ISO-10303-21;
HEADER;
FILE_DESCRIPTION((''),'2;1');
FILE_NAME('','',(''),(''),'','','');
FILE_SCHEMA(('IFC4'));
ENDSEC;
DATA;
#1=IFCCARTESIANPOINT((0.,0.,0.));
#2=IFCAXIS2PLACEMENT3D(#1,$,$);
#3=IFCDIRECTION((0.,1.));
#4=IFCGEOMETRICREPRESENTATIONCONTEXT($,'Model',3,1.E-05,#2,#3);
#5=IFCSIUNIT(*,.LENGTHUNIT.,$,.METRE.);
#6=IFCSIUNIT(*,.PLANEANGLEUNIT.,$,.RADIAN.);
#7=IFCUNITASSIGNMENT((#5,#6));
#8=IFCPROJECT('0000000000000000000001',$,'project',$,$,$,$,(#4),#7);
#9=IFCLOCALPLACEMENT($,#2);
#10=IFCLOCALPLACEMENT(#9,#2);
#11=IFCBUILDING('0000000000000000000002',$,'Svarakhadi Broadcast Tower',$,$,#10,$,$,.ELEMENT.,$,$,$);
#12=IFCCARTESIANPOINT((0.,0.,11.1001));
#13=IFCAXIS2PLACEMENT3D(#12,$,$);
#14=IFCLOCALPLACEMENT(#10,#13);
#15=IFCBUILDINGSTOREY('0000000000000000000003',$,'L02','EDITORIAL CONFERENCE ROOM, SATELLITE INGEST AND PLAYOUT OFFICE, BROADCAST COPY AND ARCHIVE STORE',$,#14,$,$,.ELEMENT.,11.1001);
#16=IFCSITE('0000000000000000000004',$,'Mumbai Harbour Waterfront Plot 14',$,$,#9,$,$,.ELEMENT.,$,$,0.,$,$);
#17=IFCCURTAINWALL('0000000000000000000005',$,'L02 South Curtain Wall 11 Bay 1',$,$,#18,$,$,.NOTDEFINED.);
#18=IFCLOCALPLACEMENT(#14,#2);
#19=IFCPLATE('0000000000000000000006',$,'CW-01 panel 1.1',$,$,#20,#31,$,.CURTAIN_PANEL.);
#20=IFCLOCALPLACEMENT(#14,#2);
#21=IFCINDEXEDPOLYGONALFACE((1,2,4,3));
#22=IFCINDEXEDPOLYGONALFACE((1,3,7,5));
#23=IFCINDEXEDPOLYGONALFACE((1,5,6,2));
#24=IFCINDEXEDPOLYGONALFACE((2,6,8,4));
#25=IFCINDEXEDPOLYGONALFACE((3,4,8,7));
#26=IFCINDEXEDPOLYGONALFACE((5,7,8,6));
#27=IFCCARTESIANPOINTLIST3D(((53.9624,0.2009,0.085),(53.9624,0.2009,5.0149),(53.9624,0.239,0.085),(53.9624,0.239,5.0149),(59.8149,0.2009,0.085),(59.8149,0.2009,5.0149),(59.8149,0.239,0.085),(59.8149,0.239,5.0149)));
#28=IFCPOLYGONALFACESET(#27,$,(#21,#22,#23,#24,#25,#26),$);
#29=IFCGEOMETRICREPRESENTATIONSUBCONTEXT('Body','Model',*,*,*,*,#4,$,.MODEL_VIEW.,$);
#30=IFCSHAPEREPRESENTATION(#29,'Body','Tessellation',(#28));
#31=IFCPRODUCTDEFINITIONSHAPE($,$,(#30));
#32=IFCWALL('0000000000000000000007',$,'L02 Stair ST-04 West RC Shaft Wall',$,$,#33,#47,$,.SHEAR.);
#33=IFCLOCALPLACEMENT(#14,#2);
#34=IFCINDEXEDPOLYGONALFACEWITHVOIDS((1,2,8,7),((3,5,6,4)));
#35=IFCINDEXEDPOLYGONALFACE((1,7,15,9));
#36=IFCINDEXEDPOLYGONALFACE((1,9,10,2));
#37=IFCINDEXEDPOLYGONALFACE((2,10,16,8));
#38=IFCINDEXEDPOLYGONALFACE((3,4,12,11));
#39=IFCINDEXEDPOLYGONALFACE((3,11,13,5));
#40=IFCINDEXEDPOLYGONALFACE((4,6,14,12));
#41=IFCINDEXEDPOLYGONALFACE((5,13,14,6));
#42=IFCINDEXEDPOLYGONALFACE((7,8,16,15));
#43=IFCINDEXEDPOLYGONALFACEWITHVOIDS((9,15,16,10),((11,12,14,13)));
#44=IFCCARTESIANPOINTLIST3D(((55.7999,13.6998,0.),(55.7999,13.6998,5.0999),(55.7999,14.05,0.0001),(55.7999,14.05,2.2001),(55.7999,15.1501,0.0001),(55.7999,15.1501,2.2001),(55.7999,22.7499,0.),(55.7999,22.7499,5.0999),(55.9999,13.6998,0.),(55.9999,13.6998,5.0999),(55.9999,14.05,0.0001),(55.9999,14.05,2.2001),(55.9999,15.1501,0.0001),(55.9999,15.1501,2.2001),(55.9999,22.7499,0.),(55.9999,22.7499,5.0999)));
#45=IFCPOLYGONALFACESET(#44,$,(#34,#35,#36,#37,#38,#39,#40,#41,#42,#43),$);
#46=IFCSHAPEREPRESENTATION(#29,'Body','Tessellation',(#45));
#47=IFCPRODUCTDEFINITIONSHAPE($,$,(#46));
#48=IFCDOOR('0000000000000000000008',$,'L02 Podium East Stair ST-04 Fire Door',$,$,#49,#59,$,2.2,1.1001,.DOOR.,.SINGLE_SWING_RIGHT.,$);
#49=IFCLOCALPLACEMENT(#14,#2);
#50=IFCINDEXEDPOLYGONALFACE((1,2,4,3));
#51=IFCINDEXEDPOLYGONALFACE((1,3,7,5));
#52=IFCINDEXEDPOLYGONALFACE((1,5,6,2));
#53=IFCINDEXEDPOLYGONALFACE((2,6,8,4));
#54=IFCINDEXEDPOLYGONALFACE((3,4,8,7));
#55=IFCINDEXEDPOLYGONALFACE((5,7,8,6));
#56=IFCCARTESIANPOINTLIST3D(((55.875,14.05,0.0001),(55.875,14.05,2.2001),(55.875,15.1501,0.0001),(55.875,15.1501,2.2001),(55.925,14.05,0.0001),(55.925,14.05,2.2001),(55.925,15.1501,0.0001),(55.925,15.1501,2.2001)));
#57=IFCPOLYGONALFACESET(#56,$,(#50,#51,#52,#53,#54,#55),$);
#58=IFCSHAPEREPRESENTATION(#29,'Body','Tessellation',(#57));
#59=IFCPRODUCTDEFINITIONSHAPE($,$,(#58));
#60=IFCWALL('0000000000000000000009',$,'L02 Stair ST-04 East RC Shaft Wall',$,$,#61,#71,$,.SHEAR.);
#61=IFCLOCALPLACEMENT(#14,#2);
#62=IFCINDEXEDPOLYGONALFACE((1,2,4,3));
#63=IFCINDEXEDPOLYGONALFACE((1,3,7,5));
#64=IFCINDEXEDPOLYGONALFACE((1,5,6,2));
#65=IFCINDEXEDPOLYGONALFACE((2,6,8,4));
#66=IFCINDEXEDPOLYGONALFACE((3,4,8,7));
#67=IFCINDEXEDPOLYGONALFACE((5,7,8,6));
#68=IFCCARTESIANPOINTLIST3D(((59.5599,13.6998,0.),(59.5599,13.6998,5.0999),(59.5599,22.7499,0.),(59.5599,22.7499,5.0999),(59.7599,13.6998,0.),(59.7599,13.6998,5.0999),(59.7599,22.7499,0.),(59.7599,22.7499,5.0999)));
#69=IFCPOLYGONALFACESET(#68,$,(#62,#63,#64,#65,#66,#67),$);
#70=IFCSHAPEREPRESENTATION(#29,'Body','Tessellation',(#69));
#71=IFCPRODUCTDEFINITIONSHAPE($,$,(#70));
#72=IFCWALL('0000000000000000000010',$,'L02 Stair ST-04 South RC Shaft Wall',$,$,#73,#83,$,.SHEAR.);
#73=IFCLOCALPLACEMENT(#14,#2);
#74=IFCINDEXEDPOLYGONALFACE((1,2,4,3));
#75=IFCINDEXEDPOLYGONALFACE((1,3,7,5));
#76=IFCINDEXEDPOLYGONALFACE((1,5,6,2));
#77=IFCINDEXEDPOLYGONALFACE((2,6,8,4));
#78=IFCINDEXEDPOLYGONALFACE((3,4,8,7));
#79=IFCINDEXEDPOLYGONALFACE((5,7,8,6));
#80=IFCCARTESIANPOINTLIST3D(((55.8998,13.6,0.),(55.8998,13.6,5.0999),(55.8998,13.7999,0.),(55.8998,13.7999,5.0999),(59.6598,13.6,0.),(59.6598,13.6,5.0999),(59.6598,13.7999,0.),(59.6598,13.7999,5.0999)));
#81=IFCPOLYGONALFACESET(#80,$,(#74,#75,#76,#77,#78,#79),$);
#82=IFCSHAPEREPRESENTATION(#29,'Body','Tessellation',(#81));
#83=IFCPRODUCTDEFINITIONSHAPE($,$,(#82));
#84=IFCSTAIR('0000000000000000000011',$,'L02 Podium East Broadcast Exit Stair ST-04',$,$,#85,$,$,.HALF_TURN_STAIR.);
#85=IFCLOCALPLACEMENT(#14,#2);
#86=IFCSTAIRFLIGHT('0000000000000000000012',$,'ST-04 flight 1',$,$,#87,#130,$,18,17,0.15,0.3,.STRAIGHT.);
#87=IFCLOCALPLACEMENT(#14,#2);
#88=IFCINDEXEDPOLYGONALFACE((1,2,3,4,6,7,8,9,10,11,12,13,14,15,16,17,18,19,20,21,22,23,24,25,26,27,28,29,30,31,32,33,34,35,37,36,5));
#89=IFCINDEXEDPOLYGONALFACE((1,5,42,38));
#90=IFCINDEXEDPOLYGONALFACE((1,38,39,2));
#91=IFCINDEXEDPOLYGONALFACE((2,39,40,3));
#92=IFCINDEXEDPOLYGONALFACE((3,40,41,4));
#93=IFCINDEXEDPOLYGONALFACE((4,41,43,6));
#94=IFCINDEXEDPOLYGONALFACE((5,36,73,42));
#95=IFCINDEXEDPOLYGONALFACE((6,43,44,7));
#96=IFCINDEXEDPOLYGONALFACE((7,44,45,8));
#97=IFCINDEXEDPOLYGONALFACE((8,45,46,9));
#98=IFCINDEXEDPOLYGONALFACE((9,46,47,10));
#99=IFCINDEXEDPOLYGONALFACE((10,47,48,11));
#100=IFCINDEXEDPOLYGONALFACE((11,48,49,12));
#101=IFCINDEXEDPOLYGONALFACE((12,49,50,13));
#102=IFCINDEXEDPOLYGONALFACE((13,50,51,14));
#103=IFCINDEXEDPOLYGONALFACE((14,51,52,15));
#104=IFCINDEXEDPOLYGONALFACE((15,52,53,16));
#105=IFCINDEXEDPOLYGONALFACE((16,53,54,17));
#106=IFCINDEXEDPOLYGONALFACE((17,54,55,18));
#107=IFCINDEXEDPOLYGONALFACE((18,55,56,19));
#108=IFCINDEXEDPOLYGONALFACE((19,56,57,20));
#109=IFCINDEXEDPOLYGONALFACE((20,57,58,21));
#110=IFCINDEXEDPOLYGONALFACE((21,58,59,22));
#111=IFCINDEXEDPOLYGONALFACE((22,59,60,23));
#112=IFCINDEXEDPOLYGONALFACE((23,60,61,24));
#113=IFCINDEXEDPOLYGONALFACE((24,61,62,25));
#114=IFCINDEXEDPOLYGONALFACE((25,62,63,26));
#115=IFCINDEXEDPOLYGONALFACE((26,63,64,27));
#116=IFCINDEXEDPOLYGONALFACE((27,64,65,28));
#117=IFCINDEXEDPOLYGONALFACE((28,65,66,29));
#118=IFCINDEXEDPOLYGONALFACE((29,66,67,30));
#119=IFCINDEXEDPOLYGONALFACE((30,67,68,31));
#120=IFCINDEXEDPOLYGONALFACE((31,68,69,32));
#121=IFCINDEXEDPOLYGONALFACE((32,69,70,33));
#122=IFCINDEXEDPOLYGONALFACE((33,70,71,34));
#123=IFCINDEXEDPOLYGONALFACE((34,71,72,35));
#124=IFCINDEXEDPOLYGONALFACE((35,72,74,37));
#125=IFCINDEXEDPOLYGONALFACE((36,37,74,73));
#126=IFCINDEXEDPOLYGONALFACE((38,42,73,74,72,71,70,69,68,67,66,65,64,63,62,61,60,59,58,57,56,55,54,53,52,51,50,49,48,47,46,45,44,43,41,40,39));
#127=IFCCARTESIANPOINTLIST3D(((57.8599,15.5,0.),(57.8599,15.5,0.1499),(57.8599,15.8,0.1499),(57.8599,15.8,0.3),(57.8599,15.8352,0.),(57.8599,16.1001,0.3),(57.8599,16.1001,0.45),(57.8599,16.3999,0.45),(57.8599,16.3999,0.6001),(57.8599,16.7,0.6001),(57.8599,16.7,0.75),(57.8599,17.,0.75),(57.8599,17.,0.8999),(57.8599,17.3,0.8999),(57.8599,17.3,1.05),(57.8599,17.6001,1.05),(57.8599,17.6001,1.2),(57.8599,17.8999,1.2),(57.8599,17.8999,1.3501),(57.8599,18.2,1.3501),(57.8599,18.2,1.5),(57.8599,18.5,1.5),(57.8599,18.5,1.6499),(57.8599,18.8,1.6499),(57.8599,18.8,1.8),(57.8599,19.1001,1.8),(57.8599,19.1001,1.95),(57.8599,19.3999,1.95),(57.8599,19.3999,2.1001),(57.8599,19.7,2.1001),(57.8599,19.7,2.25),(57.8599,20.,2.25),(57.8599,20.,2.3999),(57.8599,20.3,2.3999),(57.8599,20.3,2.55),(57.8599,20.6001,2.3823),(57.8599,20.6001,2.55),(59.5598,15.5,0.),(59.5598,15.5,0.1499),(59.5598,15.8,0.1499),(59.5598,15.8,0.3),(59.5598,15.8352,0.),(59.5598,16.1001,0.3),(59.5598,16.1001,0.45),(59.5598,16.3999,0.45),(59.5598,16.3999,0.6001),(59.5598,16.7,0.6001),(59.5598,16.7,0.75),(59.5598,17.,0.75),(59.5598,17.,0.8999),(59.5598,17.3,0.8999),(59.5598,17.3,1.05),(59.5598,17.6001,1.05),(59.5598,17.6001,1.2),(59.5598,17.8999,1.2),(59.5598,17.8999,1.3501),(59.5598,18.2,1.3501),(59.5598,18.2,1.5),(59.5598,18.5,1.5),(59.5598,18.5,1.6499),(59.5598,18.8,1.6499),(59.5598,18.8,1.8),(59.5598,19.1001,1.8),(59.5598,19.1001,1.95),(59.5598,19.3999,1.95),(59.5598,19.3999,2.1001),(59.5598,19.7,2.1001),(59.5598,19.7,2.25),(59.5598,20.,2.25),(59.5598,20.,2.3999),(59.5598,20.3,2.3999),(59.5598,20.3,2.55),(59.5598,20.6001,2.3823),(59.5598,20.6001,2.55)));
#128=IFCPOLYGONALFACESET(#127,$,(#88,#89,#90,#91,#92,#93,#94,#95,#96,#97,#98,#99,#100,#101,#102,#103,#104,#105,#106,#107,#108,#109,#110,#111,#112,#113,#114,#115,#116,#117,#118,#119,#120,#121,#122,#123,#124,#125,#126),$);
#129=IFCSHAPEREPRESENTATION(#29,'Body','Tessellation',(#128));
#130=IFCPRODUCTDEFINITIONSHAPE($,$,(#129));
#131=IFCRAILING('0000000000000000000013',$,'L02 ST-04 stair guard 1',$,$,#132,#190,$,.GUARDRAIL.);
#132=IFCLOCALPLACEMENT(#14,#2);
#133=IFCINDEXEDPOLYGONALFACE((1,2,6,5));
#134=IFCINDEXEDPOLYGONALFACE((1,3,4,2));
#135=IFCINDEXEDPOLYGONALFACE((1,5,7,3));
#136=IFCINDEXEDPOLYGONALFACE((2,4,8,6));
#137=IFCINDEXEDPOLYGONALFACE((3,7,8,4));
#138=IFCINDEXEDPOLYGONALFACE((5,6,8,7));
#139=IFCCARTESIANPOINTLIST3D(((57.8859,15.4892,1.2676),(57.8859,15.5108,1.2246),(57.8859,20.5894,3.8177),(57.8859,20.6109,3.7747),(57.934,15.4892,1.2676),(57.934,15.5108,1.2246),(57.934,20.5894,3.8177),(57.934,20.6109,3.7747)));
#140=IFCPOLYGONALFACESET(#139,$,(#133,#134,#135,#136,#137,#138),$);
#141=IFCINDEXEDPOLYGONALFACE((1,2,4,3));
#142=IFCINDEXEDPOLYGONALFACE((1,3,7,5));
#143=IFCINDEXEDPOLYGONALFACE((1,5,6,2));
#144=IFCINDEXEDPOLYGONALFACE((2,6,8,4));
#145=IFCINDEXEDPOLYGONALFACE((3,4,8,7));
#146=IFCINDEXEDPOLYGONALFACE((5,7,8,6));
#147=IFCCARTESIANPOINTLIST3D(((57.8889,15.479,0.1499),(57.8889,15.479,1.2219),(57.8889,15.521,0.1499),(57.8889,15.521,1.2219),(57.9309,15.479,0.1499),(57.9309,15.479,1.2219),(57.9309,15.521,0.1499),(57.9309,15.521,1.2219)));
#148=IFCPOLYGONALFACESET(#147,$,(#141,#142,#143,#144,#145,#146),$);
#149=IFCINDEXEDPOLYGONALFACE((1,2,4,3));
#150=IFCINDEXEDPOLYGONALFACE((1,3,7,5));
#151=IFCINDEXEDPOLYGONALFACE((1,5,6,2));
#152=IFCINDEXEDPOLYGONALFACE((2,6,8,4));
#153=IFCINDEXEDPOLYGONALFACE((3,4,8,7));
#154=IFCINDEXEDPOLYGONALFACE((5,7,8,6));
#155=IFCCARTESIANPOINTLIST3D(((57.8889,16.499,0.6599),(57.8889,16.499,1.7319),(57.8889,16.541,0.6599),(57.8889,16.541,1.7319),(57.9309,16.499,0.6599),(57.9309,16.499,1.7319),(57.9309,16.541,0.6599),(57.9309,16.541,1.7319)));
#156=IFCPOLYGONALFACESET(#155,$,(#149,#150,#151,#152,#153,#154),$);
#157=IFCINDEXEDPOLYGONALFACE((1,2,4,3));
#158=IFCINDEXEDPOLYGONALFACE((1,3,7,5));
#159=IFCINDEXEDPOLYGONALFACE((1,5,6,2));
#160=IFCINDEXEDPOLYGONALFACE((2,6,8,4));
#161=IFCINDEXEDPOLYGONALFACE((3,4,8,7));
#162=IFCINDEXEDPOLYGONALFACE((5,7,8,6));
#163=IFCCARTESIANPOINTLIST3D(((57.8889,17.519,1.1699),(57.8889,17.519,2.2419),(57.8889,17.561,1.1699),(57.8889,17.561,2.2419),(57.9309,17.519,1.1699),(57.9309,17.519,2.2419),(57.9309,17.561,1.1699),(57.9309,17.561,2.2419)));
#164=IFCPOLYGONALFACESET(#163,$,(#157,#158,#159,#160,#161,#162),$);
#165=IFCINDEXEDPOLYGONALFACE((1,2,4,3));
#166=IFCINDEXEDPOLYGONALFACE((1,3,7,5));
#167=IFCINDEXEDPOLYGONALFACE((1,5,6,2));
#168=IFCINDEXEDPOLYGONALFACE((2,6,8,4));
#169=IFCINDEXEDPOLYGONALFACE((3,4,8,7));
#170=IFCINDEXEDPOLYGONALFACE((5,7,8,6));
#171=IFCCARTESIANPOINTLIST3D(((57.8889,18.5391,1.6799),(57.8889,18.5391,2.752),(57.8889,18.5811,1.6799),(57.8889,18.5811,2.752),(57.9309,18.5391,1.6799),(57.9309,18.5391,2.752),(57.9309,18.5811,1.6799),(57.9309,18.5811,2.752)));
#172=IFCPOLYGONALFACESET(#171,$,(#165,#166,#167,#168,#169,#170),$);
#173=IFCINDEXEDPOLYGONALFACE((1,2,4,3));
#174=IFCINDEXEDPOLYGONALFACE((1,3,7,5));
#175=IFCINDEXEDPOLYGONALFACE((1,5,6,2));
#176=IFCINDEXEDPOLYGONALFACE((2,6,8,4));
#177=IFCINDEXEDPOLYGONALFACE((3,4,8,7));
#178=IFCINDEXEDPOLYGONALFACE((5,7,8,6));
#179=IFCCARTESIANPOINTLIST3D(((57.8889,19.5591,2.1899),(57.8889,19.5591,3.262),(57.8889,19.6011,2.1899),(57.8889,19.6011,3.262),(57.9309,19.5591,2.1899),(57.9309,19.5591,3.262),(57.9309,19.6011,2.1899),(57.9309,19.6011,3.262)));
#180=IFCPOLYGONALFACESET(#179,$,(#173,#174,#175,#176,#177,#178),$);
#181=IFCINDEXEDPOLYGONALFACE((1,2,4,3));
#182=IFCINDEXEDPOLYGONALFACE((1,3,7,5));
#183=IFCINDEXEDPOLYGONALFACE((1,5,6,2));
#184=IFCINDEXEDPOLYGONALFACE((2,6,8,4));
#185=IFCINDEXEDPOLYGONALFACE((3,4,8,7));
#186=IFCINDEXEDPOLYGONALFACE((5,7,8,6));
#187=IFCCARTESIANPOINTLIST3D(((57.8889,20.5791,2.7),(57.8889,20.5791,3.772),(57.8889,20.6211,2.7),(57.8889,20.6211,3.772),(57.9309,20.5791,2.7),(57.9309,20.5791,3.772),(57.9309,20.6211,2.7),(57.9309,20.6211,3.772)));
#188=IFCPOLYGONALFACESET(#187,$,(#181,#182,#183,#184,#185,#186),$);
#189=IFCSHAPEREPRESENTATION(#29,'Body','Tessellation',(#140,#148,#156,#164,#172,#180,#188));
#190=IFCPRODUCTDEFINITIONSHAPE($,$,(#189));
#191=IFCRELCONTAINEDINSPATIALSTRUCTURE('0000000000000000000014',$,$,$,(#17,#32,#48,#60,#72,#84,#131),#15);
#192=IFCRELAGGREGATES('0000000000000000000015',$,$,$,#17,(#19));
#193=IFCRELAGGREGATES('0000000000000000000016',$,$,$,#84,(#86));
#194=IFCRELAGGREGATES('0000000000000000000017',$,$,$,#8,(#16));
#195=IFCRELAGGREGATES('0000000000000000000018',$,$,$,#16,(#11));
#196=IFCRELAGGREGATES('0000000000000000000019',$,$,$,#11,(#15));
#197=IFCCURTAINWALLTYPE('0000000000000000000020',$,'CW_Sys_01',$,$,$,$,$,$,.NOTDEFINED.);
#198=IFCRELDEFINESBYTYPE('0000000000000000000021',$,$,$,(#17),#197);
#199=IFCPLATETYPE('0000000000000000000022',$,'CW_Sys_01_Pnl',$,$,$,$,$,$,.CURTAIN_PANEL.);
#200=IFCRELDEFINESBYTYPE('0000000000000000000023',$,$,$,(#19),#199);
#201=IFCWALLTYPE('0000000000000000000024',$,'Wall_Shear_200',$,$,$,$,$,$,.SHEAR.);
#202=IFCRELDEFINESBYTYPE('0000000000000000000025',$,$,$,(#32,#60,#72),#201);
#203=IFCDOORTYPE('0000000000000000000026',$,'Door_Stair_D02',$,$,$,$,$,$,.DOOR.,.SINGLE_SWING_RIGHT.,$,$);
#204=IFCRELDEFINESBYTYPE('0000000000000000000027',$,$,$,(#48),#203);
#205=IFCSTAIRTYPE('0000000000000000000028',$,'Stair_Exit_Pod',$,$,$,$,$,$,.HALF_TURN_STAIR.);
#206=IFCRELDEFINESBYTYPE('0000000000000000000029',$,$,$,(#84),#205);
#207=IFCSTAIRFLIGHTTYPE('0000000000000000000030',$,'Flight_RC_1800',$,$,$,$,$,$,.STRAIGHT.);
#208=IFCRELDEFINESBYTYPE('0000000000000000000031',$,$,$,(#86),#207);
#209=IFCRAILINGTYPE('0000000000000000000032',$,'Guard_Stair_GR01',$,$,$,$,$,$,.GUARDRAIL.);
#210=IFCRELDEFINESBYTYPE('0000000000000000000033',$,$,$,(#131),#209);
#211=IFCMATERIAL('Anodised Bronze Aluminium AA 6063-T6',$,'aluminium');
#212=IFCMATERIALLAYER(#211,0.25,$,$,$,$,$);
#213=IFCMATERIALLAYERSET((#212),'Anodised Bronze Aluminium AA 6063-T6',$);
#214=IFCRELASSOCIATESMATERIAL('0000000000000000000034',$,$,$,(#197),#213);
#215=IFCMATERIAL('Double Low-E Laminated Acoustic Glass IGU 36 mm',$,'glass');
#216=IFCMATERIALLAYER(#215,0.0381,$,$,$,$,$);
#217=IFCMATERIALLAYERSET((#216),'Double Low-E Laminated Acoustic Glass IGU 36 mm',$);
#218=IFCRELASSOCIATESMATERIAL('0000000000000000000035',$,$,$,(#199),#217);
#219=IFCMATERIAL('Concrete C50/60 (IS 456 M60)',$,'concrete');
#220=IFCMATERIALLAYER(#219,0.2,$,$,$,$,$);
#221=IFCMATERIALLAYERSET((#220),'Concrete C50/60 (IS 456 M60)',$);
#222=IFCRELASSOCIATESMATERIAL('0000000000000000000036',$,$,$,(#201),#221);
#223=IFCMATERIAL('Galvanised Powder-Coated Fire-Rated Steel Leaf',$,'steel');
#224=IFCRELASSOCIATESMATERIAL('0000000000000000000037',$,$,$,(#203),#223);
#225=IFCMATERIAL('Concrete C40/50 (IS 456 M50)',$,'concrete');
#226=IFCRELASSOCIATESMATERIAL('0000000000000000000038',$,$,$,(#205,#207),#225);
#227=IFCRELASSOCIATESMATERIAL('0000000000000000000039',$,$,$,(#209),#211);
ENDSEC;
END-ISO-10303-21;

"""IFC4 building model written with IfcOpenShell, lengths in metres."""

from ifc_helpers import new_model, si_unit, direction, frame, frame_2d, origin, origin_2d, place, context, subcontext, project, spatial, polyline, rectangle, outline, extrude, material, layer, layer_set, type_object, element, fill, aggregate, save


model = new_model("IFC4")

# Units and contexts
model_context = context("Model", 3, precision=1e-05, world=origin(), true_north=direction((0.0, 1.0)))
body_context = subcontext(model_context, "Body", "Model", "MODEL_VIEW")
ifc_project = project(units=[si_unit("LENGTHUNIT", "METRE"), si_unit("PLANEANGLEUNIT", "RADIAN")], contexts=[model_context])

# Site, building, storey
site_placement = place(None, origin())
site = spatial("IfcSite", under=ifc_project, at=site_placement, Name="Mumbai Harbour Waterfront Plot 14", CompositionType="ELEMENT", RefElevation=0.0)
building_placement = place(site_placement, origin())
building = spatial("IfcBuilding", under=site, at=building_placement, Name="Svarakhadi Broadcast Tower", CompositionType="ELEMENT")
storey_placement = place(building_placement, frame((0.0, 0.0, 11.1001)))
storey = spatial("IfcBuildingStorey", under=building, at=storey_placement, Name="L02", Description="EDITORIAL CONFERENCE ROOM, SATELLITE INGEST AND PLAYOUT OFFICE, BROADCAST COPY AND ARCHIVE STORE", CompositionType="ELEMENT", Elevation=11.1001)

# Shared definitions
ifc_material_1 = material(Name="Anodised Bronze Aluminium AA 6063-T6", Category="aluminium")
ifc_layer_1 = layer(ifc_material_1, 0.25)
ifc_layer_set_1 = layer_set([ifc_layer_1], Name="Anodised Bronze Aluminium AA 6063-T6")
curtain_wall_type = type_object("IfcCurtainWallType", Name="CW_Sys_01", PredefinedType="NOTDEFINED", material=ifc_layer_set_1)

# Curtain wall
curtain_wall_1_placement = place(storey_placement, origin())
curtain_wall_1 = element("IfcCurtainWall", 1, at=curtain_wall_1_placement, inside=storey, type_object=curtain_wall_type, Name="L02 South Curtain Wall 11 Bay 1", PredefinedType="NOTDEFINED")

# Shared definitions
ifc_material_2 = material(Name="Concrete C50/60 (IS 456 M60)", Category="concrete")

# Plate
ifc_material_3 = material(Name="Double Low-E Laminated Acoustic Glass IGU 36 mm", Category="glass")
ifc_layer_2 = layer(ifc_material_3, 0.0381)
ifc_layer_set_2 = layer_set([ifc_layer_2], Name="Double Low-E Laminated Acoustic Glass IGU 36 mm")
plate_type = type_object("IfcPlateType", Name="CW_Sys_01_Pnl", PredefinedType="CURTAIN_PANEL", material=ifc_layer_set_2)
plate_1_placement = place(storey_placement, frame((56.8887, 0.22, 0.085), z_axis=(0.0, 0.0, 1.0), x_axis=(-1.0, 0.0, 0.0)))
plate_1 = element("IfcPlate", 2, at=plate_1_placement, type_object=plate_type, Name="CW-01 panel 1.1", PredefinedType="CURTAIN_PANEL", context=body_context, shape_type="SweptSolid", body=[
    extrude(rectangle(XDim=5.8525, YDim=0.0381, at=origin_2d()), origin(), (0.0, 0.0, 1.0), 4.9299),
])
aggregate(curtain_wall_1, [plate_1])

# Wall, opening, door
ifc_layer_3 = layer(ifc_material_2, 0.2)
ifc_layer_set_3 = layer_set([ifc_layer_3], Name="Concrete C50/60 (IS 456 M60)")
wall_type = type_object("IfcWallType", Name="Wall_Shear_200", PredefinedType="SHEAR", material=ifc_layer_set_3)
wall_1_placement = place(storey_placement, frame((55.8999, 13.7, 0.0), z_axis=(0.0, 0.0, 1.0), x_axis=(0.0, 1.0, 0.0)))
wall_1 = element("IfcWall", 3, at=wall_1_placement, inside=storey, type_object=wall_type, Name="L02 Stair ST-04 West RC Shaft Wall", PredefinedType="SHEAR", context=body_context, shape_type="SweptSolid", body=[
    extrude(rectangle(XDim=9.05, YDim=0.2, at=frame_2d((4.5249, 0.0))), origin(), (0.0, 0.0, 1.0), 5.0999),
])
opening_placement = place(wall_1_placement, frame((0.3501, 0.0, 0.0)))
opening = element("IfcOpeningElement", 4, at=opening_placement, cuts=wall_1, PredefinedType="OPENING", context=body_context, shape_type="SweptSolid", body=[
    extrude(rectangle(XDim=1.1001, YDim=2.2, at=frame_2d((0.55, 1.1001))), frame((0.0, 0.1099, 0.0), z_axis=(0.0, -1.0, 0.0), x_axis=(1.0, 0.0, 0.0)), (0.0, 0.0, 1.0), 0.22),
])
ifc_material_4 = material(Name="Galvanised Powder-Coated Fire-Rated Steel Leaf", Category="steel")
door_type = type_object("IfcDoorType", Name="Door_Stair_D02", OperationType="SINGLE_SWING_RIGHT", PredefinedType="DOOR", material=ifc_material_4)
door_placement = place(opening_placement, origin())
door = element("IfcDoor", 5, at=door_placement, inside=storey, type_object=door_type, Name="L02 Podium East Stair ST-04 Fire Door", OperationType="SINGLE_SWING_RIGHT", OverallHeight=2.2, OverallWidth=1.1001, PredefinedType="DOOR", context=body_context, shape_type="SweptSolid", body=[
    extrude(rectangle(XDim=1.1001, YDim=2.2, at=frame_2d((0.55, 1.1001))), frame((0.0, 0.0249, 0.0), z_axis=(0.0, -1.0, 0.0), x_axis=(1.0, 0.0, 0.0)), (0.0, 0.0, 1.0), 0.05),
])
fill(opening, door)

# Walls
wall_2_placement = place(storey_placement, frame((59.6599, 13.7, 0.0), z_axis=(0.0, 0.0, 1.0), x_axis=(0.0, 1.0, 0.0)))
element("IfcWall", 6, at=wall_2_placement, inside=storey, type_object=wall_type, Name="L02 Stair ST-04 East RC Shaft Wall", PredefinedType="SHEAR", context=body_context, shape_type="SweptSolid", body=[
    extrude(rectangle(XDim=9.05, YDim=0.2, at=frame_2d((4.5249, 0.0))), origin(), (0.0, 0.0, 1.0), 5.0999),
])
wall_3_placement = place(storey_placement, frame((55.8999, 13.7, 0.0), z_axis=(0.0, 0.0, 1.0), x_axis=(1.0, 0.0, 0.0)))
element("IfcWall", 7, at=wall_3_placement, inside=storey, type_object=wall_type, Name="L02 Stair ST-04 South RC Shaft Wall", PredefinedType="SHEAR", context=body_context, shape_type="SweptSolid", body=[
    extrude(rectangle(XDim=3.76, YDim=0.2, at=frame_2d((1.8799, 0.0))), origin(), (0.0, 0.0, 1.0), 5.0999),
])

# Stair, stair flight
ifc_material_5 = material(Name="Concrete C40/50 (IS 456 M50)", Category="concrete")
stair_type = type_object("IfcStairType", Name="Stair_Exit_Pod", PredefinedType="HALF_TURN_STAIR", material=ifc_material_5)
stair_placement = place(storey_placement, origin())
stair = element("IfcStair", 8, at=stair_placement, inside=storey, type_object=stair_type, Name="L02 Podium East Broadcast Exit Stair ST-04", PredefinedType="HALF_TURN_STAIR")
stair_flight_type = type_object("IfcStairFlightType", Name="Flight_RC_1800", PredefinedType="STRAIGHT", material=ifc_material_5)
stair_flight_placement = place(storey_placement, frame((58.71, 15.5, 0.0), z_axis=(0.0, 0.0, 1.0), x_axis=(0.0, 1.0, 0.0)))
stair_flight = element("IfcStairFlight", 9, at=stair_flight_placement, type_object=stair_flight_type, Name="ST-04 flight 1", NumberOfRisers=18, NumberOfTreads=17, PredefinedType="STRAIGHT", RiserHeight=0.15, TreadLength=0.3, context=body_context, shape_type="SweptSolid", body=[
    extrude(outline(polyline([(0.0, 0.0), (0.0, 0.1499), (0.3, 0.1499), (0.3, 0.3), (0.6001, 0.3), (0.6001, 0.45), (0.8999, 0.45), (0.8999, 0.6001), (1.2, 0.6001), (1.2, 0.75), (1.5, 0.75), (1.5, 0.8999), (1.8, 0.8999), (1.8, 1.05), (2.1001, 1.05), (2.1001, 1.2), (2.3999, 1.2), (2.3999, 1.3501), (2.7, 1.3501), (2.7, 1.5), (3.0, 1.5), (3.0, 1.6499), (3.3, 1.6499), (3.3, 1.8), (3.6001, 1.8), (3.6001, 1.95), (3.8999, 1.95), (3.8999, 2.1001), (4.2, 2.1001), (4.2, 2.25), (4.5, 2.25), (4.5, 2.3999), (4.8, 2.3999), (4.8, 2.55), (5.1001, 2.55), (5.1001, 2.7), (5.1001, 2.3823), (0.3352, 0.0), (0.0, 0.0)])), frame((0.0, 0.8501, 0.0), z_axis=(0.0, -1.0, 0.0), x_axis=(1.0, 0.0, 0.0)), (0.0, 0.0, 1.0), 1.7),
])
aggregate(stair, [stair_flight])

# Railing
railing_type_1 = type_object("IfcRailingType", Name="Guard_Stair_GR01", PredefinedType="GUARDRAIL", material=ifc_material_1)
railing_1_placement = place(storey_placement, frame((57.9099, 15.5, 0.1499)))
element("IfcRailing", 10, at=railing_1_placement, inside=storey, type_object=railing_type_1, Name="L02 ST-04 stair guard 1", PredefinedType="GUARDRAIL", context=body_context, shape_type="SweptSolid", body=[
    extrude(rectangle(XDim=0.0481, YDim=0.0481, at=origin_2d()), frame((0.0, 0.0, 1.0962), z_axis=(0.0, 0.894427, 0.447214), x_axis=(-1.0, 0.0, 0.0)), (0.0, 0.0, 1.0), 5.7021),
    extrude(rectangle(XDim=0.042, YDim=0.042, at=origin_2d()), origin(), (0.0, 0.0, 1.0), 1.072),
    extrude(rectangle(XDim=0.042, YDim=0.042, at=origin_2d()), frame((0.0, 1.02, 0.51)), (0.0, 0.0, 1.0), 1.072),
    extrude(rectangle(XDim=0.042, YDim=0.042, at=origin_2d()), frame((0.0, 2.04, 1.02)), (0.0, 0.0, 1.0), 1.072),
    extrude(rectangle(XDim=0.042, YDim=0.042, at=origin_2d()), frame((0.0, 3.0601, 1.53)), (0.0, 0.0, 1.0), 1.072),
    extrude(rectangle(XDim=0.042, YDim=0.042, at=origin_2d()), frame((0.0, 4.0801, 2.04)), (0.0, 0.0, 1.0), 1.072),
    extrude(rectangle(XDim=0.042, YDim=0.042, at=origin_2d()), frame((0.0, 5.1001, 2.55)), (0.0, 0.0, 1.0), 1.072),
])

save(model, "model.ifc")
